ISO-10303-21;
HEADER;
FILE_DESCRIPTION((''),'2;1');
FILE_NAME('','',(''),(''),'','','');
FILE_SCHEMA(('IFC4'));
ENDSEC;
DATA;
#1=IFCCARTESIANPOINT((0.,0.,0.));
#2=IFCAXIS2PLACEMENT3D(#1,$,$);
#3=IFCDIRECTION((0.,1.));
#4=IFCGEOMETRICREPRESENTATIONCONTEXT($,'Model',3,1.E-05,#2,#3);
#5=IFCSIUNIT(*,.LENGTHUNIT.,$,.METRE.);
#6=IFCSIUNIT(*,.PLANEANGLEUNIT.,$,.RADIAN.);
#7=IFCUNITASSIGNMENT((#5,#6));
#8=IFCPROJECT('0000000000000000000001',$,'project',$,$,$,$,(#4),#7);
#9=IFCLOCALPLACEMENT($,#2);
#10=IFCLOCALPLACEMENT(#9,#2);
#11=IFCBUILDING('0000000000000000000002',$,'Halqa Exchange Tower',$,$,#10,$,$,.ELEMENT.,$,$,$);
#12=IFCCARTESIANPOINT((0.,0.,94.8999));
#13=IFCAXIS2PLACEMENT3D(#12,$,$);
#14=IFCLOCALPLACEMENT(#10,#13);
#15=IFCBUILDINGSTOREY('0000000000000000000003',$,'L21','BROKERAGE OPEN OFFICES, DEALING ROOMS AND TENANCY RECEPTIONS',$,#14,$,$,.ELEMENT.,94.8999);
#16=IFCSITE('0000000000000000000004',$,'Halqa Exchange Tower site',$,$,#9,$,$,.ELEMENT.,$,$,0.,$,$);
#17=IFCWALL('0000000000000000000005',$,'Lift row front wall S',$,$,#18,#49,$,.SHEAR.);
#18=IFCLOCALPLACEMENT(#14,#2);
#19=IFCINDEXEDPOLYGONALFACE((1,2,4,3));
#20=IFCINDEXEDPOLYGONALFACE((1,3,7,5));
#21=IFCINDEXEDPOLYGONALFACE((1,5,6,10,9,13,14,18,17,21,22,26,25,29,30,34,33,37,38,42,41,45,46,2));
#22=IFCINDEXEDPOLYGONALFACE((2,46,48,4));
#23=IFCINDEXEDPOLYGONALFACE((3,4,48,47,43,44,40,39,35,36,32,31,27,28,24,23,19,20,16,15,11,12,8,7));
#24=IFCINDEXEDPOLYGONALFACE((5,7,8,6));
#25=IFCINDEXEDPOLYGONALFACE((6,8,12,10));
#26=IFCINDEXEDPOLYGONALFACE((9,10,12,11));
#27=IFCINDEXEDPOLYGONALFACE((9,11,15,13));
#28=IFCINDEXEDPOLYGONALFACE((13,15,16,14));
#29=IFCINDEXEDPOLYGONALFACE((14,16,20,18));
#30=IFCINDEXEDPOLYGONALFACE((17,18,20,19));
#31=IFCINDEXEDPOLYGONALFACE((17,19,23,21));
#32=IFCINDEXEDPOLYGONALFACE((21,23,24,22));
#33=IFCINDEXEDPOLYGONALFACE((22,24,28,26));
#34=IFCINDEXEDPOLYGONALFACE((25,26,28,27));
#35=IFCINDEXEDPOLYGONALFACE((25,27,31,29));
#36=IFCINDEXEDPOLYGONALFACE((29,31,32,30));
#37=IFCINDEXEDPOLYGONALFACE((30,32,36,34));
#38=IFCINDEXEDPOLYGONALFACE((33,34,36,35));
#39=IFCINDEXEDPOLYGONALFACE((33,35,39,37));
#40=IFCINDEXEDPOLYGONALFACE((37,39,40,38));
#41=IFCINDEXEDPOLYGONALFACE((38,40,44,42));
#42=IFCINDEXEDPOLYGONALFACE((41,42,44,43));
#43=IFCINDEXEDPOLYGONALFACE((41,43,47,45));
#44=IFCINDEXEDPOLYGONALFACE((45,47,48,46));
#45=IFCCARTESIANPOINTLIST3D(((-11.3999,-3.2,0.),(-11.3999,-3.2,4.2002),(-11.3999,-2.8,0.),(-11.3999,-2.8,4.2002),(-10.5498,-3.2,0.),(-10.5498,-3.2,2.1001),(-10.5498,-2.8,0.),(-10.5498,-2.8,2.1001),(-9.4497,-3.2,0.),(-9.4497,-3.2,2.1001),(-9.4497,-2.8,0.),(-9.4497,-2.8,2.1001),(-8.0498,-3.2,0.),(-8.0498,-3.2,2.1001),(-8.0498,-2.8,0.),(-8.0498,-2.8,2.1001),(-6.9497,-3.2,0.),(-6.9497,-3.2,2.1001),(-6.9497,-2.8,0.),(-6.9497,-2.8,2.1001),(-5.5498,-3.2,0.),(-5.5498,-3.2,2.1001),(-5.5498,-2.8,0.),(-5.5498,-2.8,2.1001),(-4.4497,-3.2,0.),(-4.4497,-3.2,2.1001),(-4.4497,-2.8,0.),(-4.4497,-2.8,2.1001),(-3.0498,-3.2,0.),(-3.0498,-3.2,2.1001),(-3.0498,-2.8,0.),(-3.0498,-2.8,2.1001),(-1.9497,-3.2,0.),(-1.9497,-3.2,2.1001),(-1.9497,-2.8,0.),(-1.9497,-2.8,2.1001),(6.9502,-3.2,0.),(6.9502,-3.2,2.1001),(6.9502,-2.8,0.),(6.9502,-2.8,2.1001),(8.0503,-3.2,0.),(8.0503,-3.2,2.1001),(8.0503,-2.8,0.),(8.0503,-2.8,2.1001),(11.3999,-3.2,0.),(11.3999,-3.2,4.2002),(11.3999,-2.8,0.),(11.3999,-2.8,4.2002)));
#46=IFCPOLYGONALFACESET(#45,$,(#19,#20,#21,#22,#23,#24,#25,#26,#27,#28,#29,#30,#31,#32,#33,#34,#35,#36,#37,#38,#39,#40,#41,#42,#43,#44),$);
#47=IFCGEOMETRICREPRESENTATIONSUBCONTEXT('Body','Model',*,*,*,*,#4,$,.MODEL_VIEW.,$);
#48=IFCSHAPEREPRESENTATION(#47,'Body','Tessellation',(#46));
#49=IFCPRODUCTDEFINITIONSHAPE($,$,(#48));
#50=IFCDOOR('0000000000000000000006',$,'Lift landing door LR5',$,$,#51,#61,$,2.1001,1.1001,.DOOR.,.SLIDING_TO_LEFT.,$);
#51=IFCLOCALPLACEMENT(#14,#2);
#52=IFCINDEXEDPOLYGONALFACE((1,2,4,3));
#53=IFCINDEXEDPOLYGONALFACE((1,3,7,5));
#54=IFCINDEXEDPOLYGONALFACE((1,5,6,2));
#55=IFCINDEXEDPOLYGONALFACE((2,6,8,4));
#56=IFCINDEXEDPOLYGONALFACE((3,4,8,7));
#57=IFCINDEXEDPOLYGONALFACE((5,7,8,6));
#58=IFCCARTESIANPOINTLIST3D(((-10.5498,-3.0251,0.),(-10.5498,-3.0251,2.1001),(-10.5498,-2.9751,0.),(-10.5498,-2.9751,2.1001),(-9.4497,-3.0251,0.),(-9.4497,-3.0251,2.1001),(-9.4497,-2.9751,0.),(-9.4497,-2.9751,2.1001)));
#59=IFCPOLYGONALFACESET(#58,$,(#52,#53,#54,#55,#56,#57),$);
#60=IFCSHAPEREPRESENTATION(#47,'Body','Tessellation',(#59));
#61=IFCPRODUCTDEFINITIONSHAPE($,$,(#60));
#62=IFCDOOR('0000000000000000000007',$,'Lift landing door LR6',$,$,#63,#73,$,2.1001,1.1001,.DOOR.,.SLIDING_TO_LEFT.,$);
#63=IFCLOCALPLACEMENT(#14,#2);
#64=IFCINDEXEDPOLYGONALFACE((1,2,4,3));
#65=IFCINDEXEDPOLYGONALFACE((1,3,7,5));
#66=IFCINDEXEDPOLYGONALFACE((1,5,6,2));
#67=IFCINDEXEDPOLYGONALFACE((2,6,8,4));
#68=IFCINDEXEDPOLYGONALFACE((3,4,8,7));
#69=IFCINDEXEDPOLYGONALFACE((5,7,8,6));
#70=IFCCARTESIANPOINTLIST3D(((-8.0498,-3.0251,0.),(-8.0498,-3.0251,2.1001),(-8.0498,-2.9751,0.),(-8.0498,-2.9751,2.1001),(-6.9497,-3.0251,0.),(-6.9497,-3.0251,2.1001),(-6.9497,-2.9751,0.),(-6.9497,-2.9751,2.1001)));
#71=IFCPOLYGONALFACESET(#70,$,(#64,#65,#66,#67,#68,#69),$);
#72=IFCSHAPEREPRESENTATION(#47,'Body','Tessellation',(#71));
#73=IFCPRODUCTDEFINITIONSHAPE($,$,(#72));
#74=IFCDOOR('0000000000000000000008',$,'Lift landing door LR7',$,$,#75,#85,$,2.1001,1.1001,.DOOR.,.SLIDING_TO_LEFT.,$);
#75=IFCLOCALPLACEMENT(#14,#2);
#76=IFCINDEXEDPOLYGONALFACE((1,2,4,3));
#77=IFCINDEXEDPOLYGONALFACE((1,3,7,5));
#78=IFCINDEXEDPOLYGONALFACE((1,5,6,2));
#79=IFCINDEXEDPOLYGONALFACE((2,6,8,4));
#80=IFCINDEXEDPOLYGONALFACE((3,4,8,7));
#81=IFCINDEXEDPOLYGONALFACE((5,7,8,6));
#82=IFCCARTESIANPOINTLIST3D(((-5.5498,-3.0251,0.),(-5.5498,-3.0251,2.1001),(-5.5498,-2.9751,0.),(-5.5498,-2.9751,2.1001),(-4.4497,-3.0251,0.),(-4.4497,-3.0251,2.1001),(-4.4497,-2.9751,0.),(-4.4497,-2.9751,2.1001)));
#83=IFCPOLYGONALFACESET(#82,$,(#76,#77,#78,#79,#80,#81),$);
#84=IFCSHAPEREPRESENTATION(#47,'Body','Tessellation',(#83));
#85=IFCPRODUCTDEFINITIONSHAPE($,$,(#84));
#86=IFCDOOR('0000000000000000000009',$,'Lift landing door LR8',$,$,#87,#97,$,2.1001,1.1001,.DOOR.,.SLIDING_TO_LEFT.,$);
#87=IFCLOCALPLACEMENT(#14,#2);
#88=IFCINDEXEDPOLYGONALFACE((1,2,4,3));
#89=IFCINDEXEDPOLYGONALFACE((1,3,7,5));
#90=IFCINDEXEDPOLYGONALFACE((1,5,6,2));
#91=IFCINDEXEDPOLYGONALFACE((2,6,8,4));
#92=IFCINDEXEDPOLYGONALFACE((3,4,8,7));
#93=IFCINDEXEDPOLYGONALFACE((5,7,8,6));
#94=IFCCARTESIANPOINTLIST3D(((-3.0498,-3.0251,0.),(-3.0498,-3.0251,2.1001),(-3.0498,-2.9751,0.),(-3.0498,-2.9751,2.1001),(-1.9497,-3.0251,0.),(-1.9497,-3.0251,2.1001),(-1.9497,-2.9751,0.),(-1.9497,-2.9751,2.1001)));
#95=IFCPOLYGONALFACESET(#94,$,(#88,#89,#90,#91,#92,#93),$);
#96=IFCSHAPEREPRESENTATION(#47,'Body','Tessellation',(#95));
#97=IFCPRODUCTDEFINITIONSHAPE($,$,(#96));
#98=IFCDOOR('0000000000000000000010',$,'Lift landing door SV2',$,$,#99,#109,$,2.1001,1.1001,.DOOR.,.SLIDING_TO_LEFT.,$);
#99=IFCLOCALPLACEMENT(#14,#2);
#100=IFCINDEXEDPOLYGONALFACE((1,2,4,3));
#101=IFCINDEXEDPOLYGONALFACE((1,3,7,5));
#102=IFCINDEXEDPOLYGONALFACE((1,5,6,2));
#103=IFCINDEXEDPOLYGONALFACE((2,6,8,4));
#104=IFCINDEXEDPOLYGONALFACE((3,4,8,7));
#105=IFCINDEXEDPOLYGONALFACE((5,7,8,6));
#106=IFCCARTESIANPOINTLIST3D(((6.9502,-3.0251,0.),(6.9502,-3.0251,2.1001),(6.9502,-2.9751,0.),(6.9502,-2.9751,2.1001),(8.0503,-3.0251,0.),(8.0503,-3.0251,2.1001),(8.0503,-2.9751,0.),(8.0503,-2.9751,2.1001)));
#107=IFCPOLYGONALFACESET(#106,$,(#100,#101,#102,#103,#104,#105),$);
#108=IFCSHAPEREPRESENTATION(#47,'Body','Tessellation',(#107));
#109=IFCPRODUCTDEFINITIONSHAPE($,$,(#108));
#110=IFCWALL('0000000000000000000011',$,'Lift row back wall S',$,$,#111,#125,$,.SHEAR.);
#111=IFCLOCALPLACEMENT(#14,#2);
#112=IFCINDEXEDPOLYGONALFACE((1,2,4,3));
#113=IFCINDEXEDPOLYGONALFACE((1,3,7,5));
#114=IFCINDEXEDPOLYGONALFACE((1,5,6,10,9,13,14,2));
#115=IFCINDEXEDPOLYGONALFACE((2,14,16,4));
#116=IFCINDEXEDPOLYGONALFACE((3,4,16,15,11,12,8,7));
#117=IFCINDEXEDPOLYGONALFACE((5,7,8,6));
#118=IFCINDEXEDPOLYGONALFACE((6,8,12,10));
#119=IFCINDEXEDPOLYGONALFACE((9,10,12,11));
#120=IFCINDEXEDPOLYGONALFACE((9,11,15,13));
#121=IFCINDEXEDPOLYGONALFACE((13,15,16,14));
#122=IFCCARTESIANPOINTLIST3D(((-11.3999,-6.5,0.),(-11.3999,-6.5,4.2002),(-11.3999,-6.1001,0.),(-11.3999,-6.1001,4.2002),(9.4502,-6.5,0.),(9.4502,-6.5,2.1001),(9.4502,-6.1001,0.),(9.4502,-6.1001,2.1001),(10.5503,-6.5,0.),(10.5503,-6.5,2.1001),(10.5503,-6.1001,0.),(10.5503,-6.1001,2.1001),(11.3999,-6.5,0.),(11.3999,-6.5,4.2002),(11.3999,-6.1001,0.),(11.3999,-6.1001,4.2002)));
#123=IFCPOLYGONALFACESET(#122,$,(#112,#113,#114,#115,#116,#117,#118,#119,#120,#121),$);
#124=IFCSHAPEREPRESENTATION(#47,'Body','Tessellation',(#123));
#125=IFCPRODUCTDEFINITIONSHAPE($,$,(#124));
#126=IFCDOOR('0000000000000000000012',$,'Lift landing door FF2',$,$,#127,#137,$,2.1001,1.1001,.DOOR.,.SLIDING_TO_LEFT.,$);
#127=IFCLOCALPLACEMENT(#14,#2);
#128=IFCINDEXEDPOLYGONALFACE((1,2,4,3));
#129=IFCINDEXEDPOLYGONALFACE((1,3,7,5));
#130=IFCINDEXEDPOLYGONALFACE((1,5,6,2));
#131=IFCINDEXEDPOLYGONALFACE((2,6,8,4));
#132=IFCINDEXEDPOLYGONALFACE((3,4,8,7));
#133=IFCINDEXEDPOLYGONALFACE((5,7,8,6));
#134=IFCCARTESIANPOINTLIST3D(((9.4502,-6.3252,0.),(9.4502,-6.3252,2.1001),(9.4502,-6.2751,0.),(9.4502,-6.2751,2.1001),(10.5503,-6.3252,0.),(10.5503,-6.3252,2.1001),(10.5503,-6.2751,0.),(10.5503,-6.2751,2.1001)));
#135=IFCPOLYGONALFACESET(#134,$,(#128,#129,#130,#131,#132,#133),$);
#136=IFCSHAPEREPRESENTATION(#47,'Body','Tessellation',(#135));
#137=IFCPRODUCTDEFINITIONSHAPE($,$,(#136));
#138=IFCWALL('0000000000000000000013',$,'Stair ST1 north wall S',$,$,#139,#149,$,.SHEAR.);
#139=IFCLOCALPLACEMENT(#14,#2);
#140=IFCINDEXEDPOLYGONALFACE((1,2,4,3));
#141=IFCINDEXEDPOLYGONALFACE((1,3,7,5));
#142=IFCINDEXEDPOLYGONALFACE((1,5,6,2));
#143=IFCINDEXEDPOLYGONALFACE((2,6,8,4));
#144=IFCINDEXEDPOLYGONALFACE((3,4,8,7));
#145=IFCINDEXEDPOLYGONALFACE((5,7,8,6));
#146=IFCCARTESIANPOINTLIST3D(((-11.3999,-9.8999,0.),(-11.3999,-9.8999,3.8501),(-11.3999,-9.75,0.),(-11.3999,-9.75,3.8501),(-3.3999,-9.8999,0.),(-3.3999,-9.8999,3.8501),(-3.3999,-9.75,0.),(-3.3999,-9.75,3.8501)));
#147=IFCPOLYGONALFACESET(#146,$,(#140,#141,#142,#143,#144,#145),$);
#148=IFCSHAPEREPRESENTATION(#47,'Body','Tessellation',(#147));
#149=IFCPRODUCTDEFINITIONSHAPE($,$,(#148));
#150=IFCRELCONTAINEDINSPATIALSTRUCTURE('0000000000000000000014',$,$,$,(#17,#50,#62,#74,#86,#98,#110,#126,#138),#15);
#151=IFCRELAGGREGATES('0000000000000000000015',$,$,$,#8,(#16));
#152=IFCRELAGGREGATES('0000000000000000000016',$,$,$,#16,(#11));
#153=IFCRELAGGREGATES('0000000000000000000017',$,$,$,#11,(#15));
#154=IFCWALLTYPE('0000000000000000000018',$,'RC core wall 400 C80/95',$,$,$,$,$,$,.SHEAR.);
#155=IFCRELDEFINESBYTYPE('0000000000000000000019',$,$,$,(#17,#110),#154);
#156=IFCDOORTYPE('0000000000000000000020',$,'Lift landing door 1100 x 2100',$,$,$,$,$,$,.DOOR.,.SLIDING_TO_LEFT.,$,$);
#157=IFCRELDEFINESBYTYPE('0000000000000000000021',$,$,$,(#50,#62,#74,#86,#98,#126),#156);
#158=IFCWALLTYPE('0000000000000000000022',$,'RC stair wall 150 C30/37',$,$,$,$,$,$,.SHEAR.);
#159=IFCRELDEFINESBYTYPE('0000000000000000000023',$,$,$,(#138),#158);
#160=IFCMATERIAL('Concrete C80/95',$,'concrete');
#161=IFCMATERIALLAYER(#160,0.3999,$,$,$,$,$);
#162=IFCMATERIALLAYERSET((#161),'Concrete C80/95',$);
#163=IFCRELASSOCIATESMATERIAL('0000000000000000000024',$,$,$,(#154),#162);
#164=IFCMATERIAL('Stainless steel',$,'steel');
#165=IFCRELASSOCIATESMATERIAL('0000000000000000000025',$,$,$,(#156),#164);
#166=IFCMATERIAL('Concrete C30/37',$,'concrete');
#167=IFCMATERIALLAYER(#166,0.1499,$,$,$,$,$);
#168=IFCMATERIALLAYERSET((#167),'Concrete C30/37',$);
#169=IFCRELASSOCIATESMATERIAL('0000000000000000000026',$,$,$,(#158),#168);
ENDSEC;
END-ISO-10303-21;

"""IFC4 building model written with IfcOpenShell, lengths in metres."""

from ifc_helpers import new_model, si_unit, direction, frame, frame_2d, origin, place, context, subcontext, project, spatial, rectangle, extrude, material, layer, layer_set, type_object, element, fill, save


model = new_model("IFC4")

# Units and contexts
model_context = context("Model", 3, precision=1e-05, world=origin(), true_north=direction((0.0, 1.0)))
body_context = subcontext(model_context, "Body", "Model", "MODEL_VIEW")
ifc_project = project(units=[si_unit("LENGTHUNIT", "METRE"), si_unit("PLANEANGLEUNIT", "RADIAN")], contexts=[model_context])

# Site, building, storey
site_placement = place(None, origin())
site = spatial("IfcSite", under=ifc_project, at=site_placement, Name="Halqa Exchange Tower site", CompositionType="ELEMENT", RefElevation=0.0)
building_placement = place(site_placement, origin())
building = spatial("IfcBuilding", under=site, at=building_placement, Name="Halqa Exchange Tower", CompositionType="ELEMENT")
storey_placement = place(building_placement, frame((0.0, 0.0, 94.8999)))
storey = spatial("IfcBuildingStorey", under=building, at=storey_placement, Name="L21", Description="BROKERAGE OPEN OFFICES, DEALING ROOMS AND TENANCY RECEPTIONS", CompositionType="ELEMENT", Elevation=94.8999)

# Wall, openings, doors
ifc_material_1 = material(Name="Concrete C80/95", Category="concrete")
ifc_layer_1 = layer(ifc_material_1, 0.3999)
ifc_layer_set_1 = layer_set([ifc_layer_1], Name="Concrete C80/95")
wall_type_1 = type_object("IfcWallType", Name="RC core wall 400 C80/95", PredefinedType="SHEAR", material=ifc_layer_set_1)
wall_1_placement = place(storey_placement, frame((-11.3999, -3.0, 0.0), z_axis=(0.0, 0.0, 1.0), x_axis=(1.0, 0.0, 0.0)))
wall_1 = element("IfcWall", 1, at=wall_1_placement, inside=storey, type_object=wall_type_1, Name="Lift row front wall S", PredefinedType="SHEAR", context=body_context, shape_type="SweptSolid", body=[
    extrude(rectangle(XDim=22.7998, YDim=0.3999, at=frame_2d((11.3999, 0.0))), origin(), (0.0, 0.0, 1.0), 4.2002),
])
opening_1_placement = place(wall_1_placement, frame((0.8501, 0.0, 0.0)))
opening_1 = element("IfcOpeningElement", 2, at=opening_1_placement, cuts=wall_1, PredefinedType="OPENING", context=body_context, shape_type="SweptSolid", body=[
    extrude(rectangle(XDim=1.1001, YDim=2.1001, at=frame_2d((0.55, 1.05))), frame((0.0, 0.2119, 0.0), z_axis=(0.0, -1.0, 0.0), x_axis=(1.0, 0.0, 0.0)), (0.0, 0.0, 1.0), 0.4238),
])
opening_2_placement = place(wall_1_placement, frame((3.3501, 0.0, 0.0)))
opening_2 = element("IfcOpeningElement", 3, at=opening_2_placement, cuts=wall_1, PredefinedType="OPENING", context=body_context, shape_type="SweptSolid", body=[
    extrude(rectangle(XDim=1.1001, YDim=2.1001, at=frame_2d((0.55, 1.05))), frame((0.0, 0.2119, 0.0), z_axis=(0.0, -1.0, 0.0), x_axis=(1.0, 0.0, 0.0)), (0.0, 0.0, 1.0), 0.4238),
])
opening_3_placement = place(wall_1_placement, frame((5.8501, 0.0, 0.0)))
opening_3 = element("IfcOpeningElement", 4, at=opening_3_placement, cuts=wall_1, PredefinedType="OPENING", context=body_context, shape_type="SweptSolid", body=[
    extrude(rectangle(XDim=1.1001, YDim=2.1001, at=frame_2d((0.55, 1.05))), frame((0.0, 0.2119, 0.0), z_axis=(0.0, -1.0, 0.0), x_axis=(1.0, 0.0, 0.0)), (0.0, 0.0, 1.0), 0.4238),
])
opening_4_placement = place(wall_1_placement, frame((8.3501, 0.0, 0.0)))
opening_4 = element("IfcOpeningElement", 5, at=opening_4_placement, cuts=wall_1, PredefinedType="OPENING", context=body_context, shape_type="SweptSolid", body=[
    extrude(rectangle(XDim=1.1001, YDim=2.1001, at=frame_2d((0.55, 1.05))), frame((0.0, 0.2119, 0.0), z_axis=(0.0, -1.0, 0.0), x_axis=(1.0, 0.0, 0.0)), (0.0, 0.0, 1.0), 0.4238),
])
opening_5_placement = place(wall_1_placement, frame((18.3501, 0.0, 0.0)))
opening_5 = element("IfcOpeningElement", 6, at=opening_5_placement, cuts=wall_1, PredefinedType="OPENING", context=body_context, shape_type="SweptSolid", body=[
    extrude(rectangle(XDim=1.1001, YDim=2.1001, at=frame_2d((0.55, 1.05))), frame((0.0, 0.2119, 0.0), z_axis=(0.0, -1.0, 0.0), x_axis=(1.0, 0.0, 0.0)), (0.0, 0.0, 1.0), 0.4238),
])
ifc_material_2 = material(Name="Stainless steel", Category="steel")
door_type = type_object("IfcDoorType", Name="Lift landing door 1100 x 2100", OperationType="SLIDING_TO_LEFT", PredefinedType="DOOR", material=ifc_material_2)
door_1_placement = place(opening_1_placement, origin())
door_1 = element("IfcDoor", 7, at=door_1_placement, inside=storey, type_object=door_type, Name="Lift landing door LR5", OperationType="SLIDING_TO_LEFT", OverallHeight=2.1001, OverallWidth=1.1001, PredefinedType="DOOR", context=body_context, shape_type="SweptSolid", body=[
    extrude(rectangle(XDim=1.1001, YDim=2.1001, at=frame_2d((0.55, 1.05))), frame((0.0, 0.0249, 0.0), z_axis=(0.0, -1.0, 0.0), x_axis=(1.0, 0.0, 0.0)), (0.0, 0.0, 1.0), 0.05),
])
fill(opening_1, door_1)
door_2_placement = place(opening_2_placement, origin())
door_2 = element("IfcDoor", 8, at=door_2_placement, inside=storey, type_object=door_type, Name="Lift landing door LR6", OperationType="SLIDING_TO_LEFT", OverallHeight=2.1001, OverallWidth=1.1001, PredefinedType="DOOR", context=body_context, shape_type="SweptSolid", body=[
    extrude(rectangle(XDim=1.1001, YDim=2.1001, at=frame_2d((0.55, 1.05))), frame((0.0, 0.0249, 0.0), z_axis=(0.0, -1.0, 0.0), x_axis=(1.0, 0.0, 0.0)), (0.0, 0.0, 1.0), 0.05),
])
fill(opening_2, door_2)
door_3_placement = place(opening_3_placement, origin())
door_3 = element("IfcDoor", 9, at=door_3_placement, inside=storey, type_object=door_type, Name="Lift landing door LR7", OperationType="SLIDING_TO_LEFT", OverallHeight=2.1001, OverallWidth=1.1001, PredefinedType="DOOR", context=body_context, shape_type="SweptSolid", body=[
    extrude(rectangle(XDim=1.1001, YDim=2.1001, at=frame_2d((0.55, 1.05))), frame((0.0, 0.0249, 0.0), z_axis=(0.0, -1.0, 0.0), x_axis=(1.0, 0.0, 0.0)), (0.0, 0.0, 1.0), 0.05),
])
fill(opening_3, door_3)
door_4_placement = place(opening_4_placement, origin())
door_4 = element("IfcDoor", 10, at=door_4_placement, inside=storey, type_object=door_type, Name="Lift landing door LR8", OperationType="SLIDING_TO_LEFT", OverallHeight=2.1001, OverallWidth=1.1001, PredefinedType="DOOR", context=body_context, shape_type="SweptSolid", body=[
    extrude(rectangle(XDim=1.1001, YDim=2.1001, at=frame_2d((0.55, 1.05))), frame((0.0, 0.0249, 0.0), z_axis=(0.0, -1.0, 0.0), x_axis=(1.0, 0.0, 0.0)), (0.0, 0.0, 1.0), 0.05),
])
fill(opening_4, door_4)
door_5_placement = place(opening_5_placement, origin())
door_5 = element("IfcDoor", 11, at=door_5_placement, inside=storey, type_object=door_type, Name="Lift landing door SV2", OperationType="SLIDING_TO_LEFT", OverallHeight=2.1001, OverallWidth=1.1001, PredefinedType="DOOR", context=body_context, shape_type="SweptSolid", body=[
    extrude(rectangle(XDim=1.1001, YDim=2.1001, at=frame_2d((0.55, 1.05))), frame((0.0, 0.0249, 0.0), z_axis=(0.0, -1.0, 0.0), x_axis=(1.0, 0.0, 0.0)), (0.0, 0.0, 1.0), 0.05),
])
fill(opening_5, door_5)

# Wall, opening, door
wall_2_placement = place(storey_placement, frame((-11.3999, -6.3, 0.0), z_axis=(0.0, 0.0, 1.0), x_axis=(1.0, 0.0, 0.0)))
wall_2 = element("IfcWall", 12, at=wall_2_placement, inside=storey, type_object=wall_type_1, Name="Lift row back wall S", PredefinedType="SHEAR", context=body_context, shape_type="SweptSolid", body=[
    extrude(rectangle(XDim=22.7998, YDim=0.3999, at=frame_2d((11.3999, 0.0))), origin(), (0.0, 0.0, 1.0), 4.2002),
])
opening_6_placement = place(wall_2_placement, frame((20.8501, 0.0, 0.0)))
opening_6 = element("IfcOpeningElement", 13, at=opening_6_placement, cuts=wall_2, PredefinedType="OPENING", context=body_context, shape_type="SweptSolid", body=[
    extrude(rectangle(XDim=1.1001, YDim=2.1001, at=frame_2d((0.55, 1.05))), frame((0.0, 0.2119, 0.0), z_axis=(0.0, -1.0, 0.0), x_axis=(1.0, 0.0, 0.0)), (0.0, 0.0, 1.0), 0.4238),
])
door_6_placement = place(opening_6_placement, origin())
door_6 = element("IfcDoor", 14, at=door_6_placement, inside=storey, type_object=door_type, Name="Lift landing door FF2", OperationType="SLIDING_TO_LEFT", OverallHeight=2.1001, OverallWidth=1.1001, PredefinedType="DOOR", context=body_context, shape_type="SweptSolid", body=[
    extrude(rectangle(XDim=1.1001, YDim=2.1001, at=frame_2d((0.55, 1.05))), frame((0.0, 0.0249, 0.0), z_axis=(0.0, -1.0, 0.0), x_axis=(1.0, 0.0, 0.0)), (0.0, 0.0, 1.0), 0.05),
])
fill(opening_6, door_6)

# Wall
ifc_material_3 = material(Name="Concrete C30/37", Category="concrete")
ifc_layer_2 = layer(ifc_material_3, 0.1499)
ifc_layer_set_2 = layer_set([ifc_layer_2], Name="Concrete C30/37")
wall_type_2 = type_object("IfcWallType", Name="RC stair wall 150 C30/37", PredefinedType="SHEAR", material=ifc_layer_set_2)
wall_3_placement = place(storey_placement, frame((-11.3999, -9.825, 0.0), z_axis=(0.0, 0.0, 1.0), x_axis=(1.0, 0.0, 0.0)))
element("IfcWall", 15, at=wall_3_placement, inside=storey, type_object=wall_type_2, Name="Stair ST1 north wall S", PredefinedType="SHEAR", context=body_context, shape_type="SweptSolid", body=[
    extrude(rectangle(XDim=8.0, YDim=0.1499, at=frame_2d((4.0, 0.0))), origin(), (0.0, 0.0, 1.0), 3.8501),
])

save(model, "model.ifc")
